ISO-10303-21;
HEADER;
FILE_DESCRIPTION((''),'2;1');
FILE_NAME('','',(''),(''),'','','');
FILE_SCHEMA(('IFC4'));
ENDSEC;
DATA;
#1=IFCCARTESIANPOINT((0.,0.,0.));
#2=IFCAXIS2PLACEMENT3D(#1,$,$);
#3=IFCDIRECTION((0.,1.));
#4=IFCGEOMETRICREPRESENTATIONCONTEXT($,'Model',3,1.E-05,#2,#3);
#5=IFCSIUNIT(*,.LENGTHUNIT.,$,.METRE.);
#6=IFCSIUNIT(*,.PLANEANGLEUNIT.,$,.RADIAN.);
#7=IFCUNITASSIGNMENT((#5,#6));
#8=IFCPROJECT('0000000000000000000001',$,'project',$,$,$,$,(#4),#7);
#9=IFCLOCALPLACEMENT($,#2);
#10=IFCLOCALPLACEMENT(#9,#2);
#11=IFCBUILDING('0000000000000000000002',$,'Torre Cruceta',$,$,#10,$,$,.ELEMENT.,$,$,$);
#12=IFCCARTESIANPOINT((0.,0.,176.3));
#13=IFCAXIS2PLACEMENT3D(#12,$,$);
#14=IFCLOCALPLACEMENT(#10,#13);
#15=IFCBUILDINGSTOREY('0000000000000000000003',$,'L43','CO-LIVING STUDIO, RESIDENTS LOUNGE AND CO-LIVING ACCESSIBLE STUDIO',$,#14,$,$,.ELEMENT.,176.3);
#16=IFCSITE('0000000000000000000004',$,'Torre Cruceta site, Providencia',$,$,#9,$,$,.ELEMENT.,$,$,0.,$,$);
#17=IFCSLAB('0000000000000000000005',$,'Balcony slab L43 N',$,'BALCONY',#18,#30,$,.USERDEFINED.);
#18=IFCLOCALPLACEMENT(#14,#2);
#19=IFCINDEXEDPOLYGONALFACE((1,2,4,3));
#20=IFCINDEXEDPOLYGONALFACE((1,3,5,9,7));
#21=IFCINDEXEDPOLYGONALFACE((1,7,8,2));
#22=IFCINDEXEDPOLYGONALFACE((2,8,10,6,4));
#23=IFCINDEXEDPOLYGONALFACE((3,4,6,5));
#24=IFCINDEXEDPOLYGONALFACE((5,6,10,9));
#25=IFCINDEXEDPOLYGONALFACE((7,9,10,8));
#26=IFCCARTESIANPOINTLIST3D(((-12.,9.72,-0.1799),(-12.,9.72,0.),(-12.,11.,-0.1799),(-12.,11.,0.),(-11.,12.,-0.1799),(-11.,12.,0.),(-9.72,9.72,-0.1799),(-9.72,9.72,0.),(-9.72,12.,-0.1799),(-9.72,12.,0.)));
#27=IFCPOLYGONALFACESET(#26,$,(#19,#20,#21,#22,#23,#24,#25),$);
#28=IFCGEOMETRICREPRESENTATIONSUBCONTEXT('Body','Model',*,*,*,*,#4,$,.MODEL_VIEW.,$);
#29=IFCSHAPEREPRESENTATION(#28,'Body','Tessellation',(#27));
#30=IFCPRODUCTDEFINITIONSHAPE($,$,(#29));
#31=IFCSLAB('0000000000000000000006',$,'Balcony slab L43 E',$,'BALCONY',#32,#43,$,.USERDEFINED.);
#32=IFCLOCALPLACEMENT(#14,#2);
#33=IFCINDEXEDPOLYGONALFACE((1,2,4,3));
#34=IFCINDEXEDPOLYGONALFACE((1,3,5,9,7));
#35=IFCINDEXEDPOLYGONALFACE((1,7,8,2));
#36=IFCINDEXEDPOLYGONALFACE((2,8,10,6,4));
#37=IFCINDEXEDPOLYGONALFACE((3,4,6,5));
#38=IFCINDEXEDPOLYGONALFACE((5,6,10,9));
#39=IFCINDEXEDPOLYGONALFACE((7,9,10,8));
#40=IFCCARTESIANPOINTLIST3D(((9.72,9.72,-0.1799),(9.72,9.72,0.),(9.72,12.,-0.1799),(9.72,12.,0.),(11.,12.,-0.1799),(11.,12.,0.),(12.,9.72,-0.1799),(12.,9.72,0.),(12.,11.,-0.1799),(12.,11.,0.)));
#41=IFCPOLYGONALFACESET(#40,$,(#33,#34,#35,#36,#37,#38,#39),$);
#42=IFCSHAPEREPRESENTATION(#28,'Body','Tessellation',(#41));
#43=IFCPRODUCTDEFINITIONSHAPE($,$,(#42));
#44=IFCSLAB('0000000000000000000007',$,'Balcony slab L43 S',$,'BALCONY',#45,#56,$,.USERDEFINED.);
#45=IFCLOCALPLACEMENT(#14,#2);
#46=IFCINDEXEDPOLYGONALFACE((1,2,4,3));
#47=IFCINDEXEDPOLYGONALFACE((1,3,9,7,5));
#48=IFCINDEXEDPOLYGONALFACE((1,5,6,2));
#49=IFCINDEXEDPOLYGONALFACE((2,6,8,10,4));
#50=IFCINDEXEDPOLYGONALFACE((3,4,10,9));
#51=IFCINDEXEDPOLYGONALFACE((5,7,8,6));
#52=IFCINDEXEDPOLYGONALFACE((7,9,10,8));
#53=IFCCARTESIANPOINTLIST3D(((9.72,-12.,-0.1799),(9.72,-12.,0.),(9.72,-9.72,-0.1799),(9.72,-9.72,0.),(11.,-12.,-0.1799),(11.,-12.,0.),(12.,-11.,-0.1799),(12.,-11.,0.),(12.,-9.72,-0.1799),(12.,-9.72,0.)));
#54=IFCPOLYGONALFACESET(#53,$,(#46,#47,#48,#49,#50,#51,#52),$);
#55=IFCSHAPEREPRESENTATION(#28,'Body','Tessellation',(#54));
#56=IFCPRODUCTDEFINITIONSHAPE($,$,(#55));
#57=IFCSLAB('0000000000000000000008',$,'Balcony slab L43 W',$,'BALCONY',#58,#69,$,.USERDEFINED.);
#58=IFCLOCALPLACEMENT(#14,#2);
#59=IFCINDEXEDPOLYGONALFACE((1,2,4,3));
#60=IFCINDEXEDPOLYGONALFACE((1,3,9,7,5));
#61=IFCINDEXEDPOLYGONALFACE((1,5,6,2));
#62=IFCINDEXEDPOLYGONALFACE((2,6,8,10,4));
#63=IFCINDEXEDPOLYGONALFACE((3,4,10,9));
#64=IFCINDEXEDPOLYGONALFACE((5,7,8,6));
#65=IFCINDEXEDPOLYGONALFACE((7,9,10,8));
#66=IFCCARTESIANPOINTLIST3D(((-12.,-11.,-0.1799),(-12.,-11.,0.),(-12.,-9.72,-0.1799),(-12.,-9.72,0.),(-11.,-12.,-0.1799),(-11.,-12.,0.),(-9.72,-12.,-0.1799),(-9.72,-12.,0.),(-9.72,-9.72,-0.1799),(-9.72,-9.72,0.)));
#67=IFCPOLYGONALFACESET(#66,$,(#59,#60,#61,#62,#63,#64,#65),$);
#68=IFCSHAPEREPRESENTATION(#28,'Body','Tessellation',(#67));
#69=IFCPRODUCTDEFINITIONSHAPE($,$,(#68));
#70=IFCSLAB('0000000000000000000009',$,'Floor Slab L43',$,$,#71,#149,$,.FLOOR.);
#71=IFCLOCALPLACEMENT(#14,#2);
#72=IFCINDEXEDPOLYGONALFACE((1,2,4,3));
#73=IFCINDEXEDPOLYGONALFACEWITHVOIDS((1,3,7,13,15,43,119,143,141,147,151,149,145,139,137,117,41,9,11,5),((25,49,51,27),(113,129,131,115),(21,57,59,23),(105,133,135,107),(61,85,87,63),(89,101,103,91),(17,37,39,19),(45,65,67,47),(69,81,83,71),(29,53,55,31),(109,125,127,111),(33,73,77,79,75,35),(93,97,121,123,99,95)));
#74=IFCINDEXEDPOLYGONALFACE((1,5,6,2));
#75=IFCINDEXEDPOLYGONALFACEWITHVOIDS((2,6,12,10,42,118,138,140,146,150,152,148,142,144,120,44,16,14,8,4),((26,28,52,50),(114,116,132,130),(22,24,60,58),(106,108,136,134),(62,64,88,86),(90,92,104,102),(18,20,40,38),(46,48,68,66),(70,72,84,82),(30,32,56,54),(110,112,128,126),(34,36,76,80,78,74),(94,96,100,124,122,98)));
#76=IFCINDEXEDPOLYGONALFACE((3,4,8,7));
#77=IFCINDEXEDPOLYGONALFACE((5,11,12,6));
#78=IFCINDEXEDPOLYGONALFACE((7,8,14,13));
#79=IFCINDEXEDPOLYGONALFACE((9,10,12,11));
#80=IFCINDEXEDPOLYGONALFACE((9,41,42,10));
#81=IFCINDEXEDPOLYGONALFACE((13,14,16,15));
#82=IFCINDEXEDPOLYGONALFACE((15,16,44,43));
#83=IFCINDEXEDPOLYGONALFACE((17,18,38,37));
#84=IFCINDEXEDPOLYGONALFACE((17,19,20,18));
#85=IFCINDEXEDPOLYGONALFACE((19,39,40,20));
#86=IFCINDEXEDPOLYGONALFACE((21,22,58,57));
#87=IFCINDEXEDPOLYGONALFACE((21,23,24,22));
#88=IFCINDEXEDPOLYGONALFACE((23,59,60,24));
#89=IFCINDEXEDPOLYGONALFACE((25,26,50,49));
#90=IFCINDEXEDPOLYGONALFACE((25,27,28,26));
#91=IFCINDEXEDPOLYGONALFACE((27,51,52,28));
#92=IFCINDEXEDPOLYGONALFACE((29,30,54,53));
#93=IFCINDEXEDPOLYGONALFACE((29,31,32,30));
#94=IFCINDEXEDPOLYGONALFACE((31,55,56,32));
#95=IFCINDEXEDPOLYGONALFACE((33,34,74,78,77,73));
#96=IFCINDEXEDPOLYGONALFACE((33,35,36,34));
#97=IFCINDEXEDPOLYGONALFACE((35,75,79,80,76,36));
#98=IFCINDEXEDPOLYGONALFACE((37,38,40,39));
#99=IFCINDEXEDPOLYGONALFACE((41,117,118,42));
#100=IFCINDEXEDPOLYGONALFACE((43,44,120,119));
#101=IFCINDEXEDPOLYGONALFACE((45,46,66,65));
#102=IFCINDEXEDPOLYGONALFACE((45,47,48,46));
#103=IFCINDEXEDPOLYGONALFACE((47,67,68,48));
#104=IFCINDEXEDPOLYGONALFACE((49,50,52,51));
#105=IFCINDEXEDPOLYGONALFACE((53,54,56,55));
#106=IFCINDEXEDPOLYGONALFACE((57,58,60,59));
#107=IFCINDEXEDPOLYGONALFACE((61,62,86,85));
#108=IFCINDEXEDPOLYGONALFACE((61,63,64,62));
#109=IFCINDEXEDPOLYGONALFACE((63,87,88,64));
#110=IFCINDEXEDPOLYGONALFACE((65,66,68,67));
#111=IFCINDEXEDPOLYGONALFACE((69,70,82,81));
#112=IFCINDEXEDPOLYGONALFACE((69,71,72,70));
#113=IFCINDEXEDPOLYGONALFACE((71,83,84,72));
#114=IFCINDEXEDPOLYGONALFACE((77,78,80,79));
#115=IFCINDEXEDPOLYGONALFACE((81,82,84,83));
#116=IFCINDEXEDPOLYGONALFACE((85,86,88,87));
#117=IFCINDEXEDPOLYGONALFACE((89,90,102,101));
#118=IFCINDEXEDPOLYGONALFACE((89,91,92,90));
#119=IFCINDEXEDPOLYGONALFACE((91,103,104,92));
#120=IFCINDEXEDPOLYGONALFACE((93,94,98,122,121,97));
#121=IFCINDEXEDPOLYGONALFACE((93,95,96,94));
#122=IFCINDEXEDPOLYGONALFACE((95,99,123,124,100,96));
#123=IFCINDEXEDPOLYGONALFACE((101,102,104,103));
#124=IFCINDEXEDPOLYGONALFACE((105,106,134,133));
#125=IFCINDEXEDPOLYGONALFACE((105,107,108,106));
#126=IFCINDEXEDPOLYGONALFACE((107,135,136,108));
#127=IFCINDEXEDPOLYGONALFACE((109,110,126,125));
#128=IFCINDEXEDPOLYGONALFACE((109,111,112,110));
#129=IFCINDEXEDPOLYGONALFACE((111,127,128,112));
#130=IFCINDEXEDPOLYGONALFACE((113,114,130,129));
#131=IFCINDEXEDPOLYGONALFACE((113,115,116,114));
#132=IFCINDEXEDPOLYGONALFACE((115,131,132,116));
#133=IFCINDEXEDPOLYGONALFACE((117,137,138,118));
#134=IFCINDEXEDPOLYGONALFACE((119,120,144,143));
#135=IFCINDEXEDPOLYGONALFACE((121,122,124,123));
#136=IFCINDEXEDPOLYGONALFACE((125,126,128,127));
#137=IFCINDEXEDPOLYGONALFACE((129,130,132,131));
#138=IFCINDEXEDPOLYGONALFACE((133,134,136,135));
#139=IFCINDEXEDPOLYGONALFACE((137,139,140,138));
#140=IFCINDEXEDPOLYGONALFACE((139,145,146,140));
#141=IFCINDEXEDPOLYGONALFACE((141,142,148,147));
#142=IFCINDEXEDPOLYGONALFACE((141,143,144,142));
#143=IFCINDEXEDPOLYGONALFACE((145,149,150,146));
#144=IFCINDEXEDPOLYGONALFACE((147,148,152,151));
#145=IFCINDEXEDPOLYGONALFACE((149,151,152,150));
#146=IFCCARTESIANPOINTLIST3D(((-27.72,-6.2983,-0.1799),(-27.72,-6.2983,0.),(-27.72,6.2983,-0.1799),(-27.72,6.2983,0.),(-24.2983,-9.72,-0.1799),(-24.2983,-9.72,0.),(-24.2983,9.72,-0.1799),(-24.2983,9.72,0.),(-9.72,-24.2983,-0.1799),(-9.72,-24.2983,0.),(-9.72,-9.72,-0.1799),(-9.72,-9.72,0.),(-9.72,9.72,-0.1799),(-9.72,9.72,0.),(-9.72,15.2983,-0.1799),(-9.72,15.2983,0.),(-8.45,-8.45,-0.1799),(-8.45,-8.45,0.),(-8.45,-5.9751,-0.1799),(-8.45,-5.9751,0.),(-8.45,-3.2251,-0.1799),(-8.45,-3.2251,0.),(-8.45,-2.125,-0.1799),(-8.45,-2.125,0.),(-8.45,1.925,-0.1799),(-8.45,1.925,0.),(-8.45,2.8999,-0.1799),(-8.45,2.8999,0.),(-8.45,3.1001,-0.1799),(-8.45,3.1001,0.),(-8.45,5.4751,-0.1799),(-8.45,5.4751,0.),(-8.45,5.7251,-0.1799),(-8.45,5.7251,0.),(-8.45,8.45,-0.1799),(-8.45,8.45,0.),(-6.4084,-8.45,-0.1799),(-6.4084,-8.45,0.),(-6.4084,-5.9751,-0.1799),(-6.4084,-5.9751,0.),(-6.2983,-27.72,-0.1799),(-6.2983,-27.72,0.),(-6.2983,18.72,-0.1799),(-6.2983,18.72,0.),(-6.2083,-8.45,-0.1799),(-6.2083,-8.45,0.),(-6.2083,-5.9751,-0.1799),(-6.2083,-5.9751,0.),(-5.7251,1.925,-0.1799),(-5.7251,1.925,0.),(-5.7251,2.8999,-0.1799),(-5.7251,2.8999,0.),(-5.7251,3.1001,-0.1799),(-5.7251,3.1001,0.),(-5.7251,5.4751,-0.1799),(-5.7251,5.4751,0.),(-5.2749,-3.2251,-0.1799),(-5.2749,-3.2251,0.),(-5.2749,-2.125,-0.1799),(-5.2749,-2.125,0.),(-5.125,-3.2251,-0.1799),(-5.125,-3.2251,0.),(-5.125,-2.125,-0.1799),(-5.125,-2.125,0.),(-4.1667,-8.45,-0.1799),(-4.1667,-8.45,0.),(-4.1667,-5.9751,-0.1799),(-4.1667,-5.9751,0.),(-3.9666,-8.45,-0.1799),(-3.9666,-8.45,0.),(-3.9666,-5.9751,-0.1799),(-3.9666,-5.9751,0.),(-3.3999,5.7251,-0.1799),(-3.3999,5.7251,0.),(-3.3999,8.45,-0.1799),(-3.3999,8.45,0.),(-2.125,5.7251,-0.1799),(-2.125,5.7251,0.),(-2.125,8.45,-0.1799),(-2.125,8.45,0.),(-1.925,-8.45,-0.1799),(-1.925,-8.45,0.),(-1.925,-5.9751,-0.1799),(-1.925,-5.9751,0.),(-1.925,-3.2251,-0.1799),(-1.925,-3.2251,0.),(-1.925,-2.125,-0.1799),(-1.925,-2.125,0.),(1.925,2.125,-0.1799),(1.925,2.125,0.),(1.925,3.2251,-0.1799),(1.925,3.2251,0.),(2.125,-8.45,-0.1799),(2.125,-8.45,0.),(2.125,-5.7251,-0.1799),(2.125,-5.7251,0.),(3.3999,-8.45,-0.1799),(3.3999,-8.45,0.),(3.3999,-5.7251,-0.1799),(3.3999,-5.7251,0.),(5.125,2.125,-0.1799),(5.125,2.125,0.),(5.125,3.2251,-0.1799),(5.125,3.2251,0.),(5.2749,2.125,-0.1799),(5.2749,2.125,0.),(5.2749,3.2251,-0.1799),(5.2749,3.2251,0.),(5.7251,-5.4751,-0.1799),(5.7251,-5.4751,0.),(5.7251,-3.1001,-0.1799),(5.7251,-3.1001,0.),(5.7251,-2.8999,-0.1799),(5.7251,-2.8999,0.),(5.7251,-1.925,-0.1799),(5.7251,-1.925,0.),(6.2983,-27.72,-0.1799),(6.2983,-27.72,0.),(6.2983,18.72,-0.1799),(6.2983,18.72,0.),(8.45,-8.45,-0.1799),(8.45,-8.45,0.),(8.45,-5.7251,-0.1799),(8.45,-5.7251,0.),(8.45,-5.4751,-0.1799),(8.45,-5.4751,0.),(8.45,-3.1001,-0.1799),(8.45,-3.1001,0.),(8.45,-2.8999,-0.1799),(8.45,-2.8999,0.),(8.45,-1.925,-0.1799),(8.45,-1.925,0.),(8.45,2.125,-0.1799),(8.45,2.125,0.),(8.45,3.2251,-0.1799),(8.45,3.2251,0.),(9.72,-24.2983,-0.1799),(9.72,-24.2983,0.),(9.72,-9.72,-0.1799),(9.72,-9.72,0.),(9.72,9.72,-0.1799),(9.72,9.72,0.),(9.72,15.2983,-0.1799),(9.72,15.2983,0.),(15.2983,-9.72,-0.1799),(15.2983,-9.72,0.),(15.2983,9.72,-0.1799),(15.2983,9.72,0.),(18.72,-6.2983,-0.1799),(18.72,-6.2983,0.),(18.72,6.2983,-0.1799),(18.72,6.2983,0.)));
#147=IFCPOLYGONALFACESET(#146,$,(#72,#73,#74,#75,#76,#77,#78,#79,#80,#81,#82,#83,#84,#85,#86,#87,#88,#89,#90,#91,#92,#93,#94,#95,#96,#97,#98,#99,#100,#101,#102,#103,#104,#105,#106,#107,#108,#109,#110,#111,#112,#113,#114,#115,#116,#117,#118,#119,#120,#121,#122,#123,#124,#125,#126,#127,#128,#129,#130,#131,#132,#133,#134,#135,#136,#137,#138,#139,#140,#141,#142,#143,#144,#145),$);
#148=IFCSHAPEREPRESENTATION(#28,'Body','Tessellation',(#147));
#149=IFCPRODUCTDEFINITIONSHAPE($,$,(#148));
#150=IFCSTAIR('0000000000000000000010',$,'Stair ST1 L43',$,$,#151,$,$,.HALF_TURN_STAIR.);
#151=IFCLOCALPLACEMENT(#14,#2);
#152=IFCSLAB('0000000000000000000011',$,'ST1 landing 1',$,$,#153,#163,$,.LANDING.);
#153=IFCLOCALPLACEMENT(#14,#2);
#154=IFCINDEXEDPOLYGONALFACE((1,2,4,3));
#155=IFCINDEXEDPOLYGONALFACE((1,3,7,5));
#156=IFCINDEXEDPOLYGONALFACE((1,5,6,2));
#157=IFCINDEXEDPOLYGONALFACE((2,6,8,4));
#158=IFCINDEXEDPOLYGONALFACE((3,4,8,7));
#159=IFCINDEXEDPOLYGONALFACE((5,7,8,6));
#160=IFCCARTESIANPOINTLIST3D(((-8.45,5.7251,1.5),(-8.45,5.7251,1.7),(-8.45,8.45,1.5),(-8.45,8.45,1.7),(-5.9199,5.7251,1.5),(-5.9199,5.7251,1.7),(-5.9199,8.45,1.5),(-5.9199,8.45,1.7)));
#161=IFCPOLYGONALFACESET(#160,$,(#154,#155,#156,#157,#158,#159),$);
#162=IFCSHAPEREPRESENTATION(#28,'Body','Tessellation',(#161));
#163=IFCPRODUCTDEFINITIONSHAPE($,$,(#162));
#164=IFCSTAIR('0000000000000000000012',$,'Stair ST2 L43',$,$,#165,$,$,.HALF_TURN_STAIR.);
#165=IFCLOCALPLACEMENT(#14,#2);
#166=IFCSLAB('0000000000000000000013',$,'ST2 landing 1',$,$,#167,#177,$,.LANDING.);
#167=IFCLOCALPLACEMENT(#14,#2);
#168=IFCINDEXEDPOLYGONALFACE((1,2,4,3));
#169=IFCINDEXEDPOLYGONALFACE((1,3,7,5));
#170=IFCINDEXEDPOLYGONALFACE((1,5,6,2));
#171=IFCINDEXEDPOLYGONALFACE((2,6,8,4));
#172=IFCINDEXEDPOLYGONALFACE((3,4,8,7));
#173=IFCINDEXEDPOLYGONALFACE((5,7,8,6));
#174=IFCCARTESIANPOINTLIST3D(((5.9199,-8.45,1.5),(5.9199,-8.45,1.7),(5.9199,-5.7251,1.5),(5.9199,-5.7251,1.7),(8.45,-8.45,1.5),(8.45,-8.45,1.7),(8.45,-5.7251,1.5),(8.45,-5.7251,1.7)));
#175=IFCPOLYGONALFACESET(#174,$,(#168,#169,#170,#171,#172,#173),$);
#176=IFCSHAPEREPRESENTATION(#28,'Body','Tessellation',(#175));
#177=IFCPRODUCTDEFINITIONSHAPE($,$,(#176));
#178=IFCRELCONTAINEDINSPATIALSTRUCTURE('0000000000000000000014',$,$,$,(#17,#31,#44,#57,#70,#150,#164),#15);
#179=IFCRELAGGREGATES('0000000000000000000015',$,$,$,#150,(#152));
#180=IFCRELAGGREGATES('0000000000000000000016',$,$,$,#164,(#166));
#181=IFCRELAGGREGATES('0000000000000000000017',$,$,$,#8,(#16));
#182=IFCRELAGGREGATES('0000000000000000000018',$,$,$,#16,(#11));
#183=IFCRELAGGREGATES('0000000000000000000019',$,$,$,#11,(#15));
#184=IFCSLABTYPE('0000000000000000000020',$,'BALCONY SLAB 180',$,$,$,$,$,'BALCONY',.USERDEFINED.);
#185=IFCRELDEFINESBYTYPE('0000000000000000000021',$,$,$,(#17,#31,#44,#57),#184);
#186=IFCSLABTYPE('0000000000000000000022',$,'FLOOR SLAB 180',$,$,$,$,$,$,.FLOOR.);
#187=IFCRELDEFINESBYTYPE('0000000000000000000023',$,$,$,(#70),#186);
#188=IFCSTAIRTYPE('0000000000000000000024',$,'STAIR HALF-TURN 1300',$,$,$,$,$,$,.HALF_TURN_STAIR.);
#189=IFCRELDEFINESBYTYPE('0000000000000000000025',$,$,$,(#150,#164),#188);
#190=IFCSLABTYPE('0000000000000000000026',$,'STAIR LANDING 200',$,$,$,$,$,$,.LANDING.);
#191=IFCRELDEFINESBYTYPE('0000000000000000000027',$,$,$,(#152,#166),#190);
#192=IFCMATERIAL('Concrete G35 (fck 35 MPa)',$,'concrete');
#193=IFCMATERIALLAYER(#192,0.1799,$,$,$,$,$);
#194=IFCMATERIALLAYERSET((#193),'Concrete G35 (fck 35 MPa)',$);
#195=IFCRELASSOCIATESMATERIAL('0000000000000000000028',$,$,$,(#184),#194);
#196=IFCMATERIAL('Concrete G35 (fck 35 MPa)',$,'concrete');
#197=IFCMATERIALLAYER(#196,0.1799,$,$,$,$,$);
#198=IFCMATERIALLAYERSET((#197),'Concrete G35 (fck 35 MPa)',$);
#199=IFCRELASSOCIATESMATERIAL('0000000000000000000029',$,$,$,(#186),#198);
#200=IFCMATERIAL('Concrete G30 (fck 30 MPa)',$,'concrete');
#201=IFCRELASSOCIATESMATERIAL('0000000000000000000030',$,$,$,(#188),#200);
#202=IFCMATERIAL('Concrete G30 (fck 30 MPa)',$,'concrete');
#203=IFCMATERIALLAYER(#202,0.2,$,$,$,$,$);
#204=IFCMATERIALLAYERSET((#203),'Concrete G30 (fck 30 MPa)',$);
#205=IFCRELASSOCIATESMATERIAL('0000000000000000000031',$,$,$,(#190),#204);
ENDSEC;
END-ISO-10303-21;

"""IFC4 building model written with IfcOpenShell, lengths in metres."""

from ifc_helpers import new_model, si_unit, direction, frame, origin, place, context, subcontext, project, spatial, polyline, outline, extrude, material, layer, layer_set, type_object, element, aggregate, save


model = new_model("IFC4")

# Units and contexts
model_context = context("Model", 3, precision=1e-05, world=origin(), true_north=direction((0.0, 1.0)))
body_context = subcontext(model_context, "Body", "Model", "MODEL_VIEW")
ifc_project = project(units=[si_unit("LENGTHUNIT", "METRE"), si_unit("PLANEANGLEUNIT", "RADIAN")], contexts=[model_context])

# Site, building, storey
site_placement = place(None, origin())
site = spatial("IfcSite", under=ifc_project, at=site_placement, Name="Torre Cruceta site, Providencia", CompositionType="ELEMENT", RefElevation=0.0)
building_placement = place(site_placement, origin())
building = spatial("IfcBuilding", under=site, at=building_placement, Name="Torre Cruceta", CompositionType="ELEMENT")
storey_placement = place(building_placement, frame((0.0, 0.0, 176.3)))
storey = spatial("IfcBuildingStorey", under=building, at=storey_placement, Name="L43", Description="CO-LIVING STUDIO, RESIDENTS LOUNGE AND CO-LIVING ACCESSIBLE STUDIO", CompositionType="ELEMENT", Elevation=176.3)

# Slabs
ifc_material_1 = material(Name="Concrete G35 (fck 35 MPa)", Category="concrete")
ifc_layer_1 = layer(ifc_material_1, 0.1799)
ifc_layer_set_1 = layer_set([ifc_layer_1], Name="Concrete G35 (fck 35 MPa)")
slab_type_1 = type_object("IfcSlabType", Name="BALCONY SLAB 180", ElementType="BALCONY", PredefinedType="USERDEFINED", material=ifc_layer_set_1)
slab_1_placement = place(storey_placement, frame((0.0, 0.0, -0.1799)))
element("IfcSlab", 1, at=slab_1_placement, inside=storey, type_object=slab_type_1, Name="Balcony slab L43 N", ObjectType="BALCONY", PredefinedType="USERDEFINED", context=body_context, shape_type="SweptSolid", body=[
    extrude(outline(polyline([(-12.0, 11.0), (-11.0, 12.0), (-9.72, 12.0), (-9.72, 9.72), (-12.0, 9.72), (-12.0, 11.0)])), origin(), (0.0, 0.0, 1.0), 0.1799),
])
slab_2_placement = place(storey_placement, frame((0.0, 0.0, -0.1799)))
element("IfcSlab", 2, at=slab_2_placement, inside=storey, type_object=slab_type_1, Name="Balcony slab L43 E", ObjectType="BALCONY", PredefinedType="USERDEFINED", context=body_context, shape_type="SweptSolid", body=[
    extrude(outline(polyline([(11.0, 12.0), (12.0, 11.0), (12.0, 9.72), (9.72, 9.72), (9.72, 12.0), (11.0, 12.0)])), origin(), (0.0, 0.0, 1.0), 0.1799),
])
slab_3_placement = place(storey_placement, frame((0.0, 0.0, -0.1799)))
element("IfcSlab", 3, at=slab_3_placement, inside=storey, type_object=slab_type_1, Name="Balcony slab L43 S", ObjectType="BALCONY", PredefinedType="USERDEFINED", context=body_context, shape_type="SweptSolid", body=[
    extrude(outline(polyline([(12.0, -11.0), (11.0, -12.0), (9.72, -12.0), (9.72, -9.72), (12.0, -9.72), (12.0, -11.0)])), origin(), (0.0, 0.0, 1.0), 0.1799),
])
slab_4_placement = place(storey_placement, frame((0.0, 0.0, -0.1799)))
element("IfcSlab", 4, at=slab_4_placement, inside=storey, type_object=slab_type_1, Name="Balcony slab L43 W", ObjectType="BALCONY", PredefinedType="USERDEFINED", context=body_context, shape_type="SweptSolid", body=[
    extrude(outline(polyline([(-11.0, -12.0), (-12.0, -11.0), (-12.0, -9.72), (-9.72, -9.72), (-9.72, -12.0), (-11.0, -12.0)])), origin(), (0.0, 0.0, 1.0), 0.1799),
])
ifc_material_2 = material(Name="Concrete G35 (fck 35 MPa)", Category="concrete")
ifc_layer_2 = layer(ifc_material_2, 0.1799)
ifc_layer_set_2 = layer_set([ifc_layer_2], Name="Concrete G35 (fck 35 MPa)")
slab_type_2 = type_object("IfcSlabType", Name="FLOOR SLAB 180", PredefinedType="FLOOR", material=ifc_layer_set_2)
slab_5_placement = place(storey_placement, frame((0.0, 0.0, -0.1799)))
element("IfcSlab", 5, at=slab_5_placement, inside=storey, type_object=slab_type_2, Name="Floor Slab L43", PredefinedType="FLOOR", context=body_context, shape_type="SweptSolid", body=[
    extrude(outline(polyline([(9.72, -9.72), (9.72, -24.2983), (6.2983, -27.72), (-6.2983, -27.72), (-9.72, -24.2983), (-9.72, -9.72), (-24.2983, -9.72), (-27.72, -6.2983), (-27.72, 6.2983), (-24.2983, 9.72), (-9.72, 9.72), (-9.72, 15.2983), (-6.2983, 18.72), (6.2983, 18.72), (9.72, 15.2983), (9.72, 9.72), (15.2983, 9.72), (18.72, 6.2983), (18.72, -6.2983), (15.2983, -9.72), (9.72, -9.72)]), holes=[polyline([(1.925, 2.125), (5.125, 2.125), (5.125, 3.2251), (1.925, 3.2251), (1.925, 2.125)]), polyline([(5.2749, 2.125), (8.45, 2.125), (8.45, 3.2251), (5.2749, 3.2251), (5.2749, 2.125)]), polyline([(-8.45, 3.1001), (-5.7251, 3.1001), (-5.7251, 5.4751), (-8.45, 5.4751), (-8.45, 3.1001)]), polyline([(-8.45, 1.925), (-5.7251, 1.925), (-5.7251, 2.8999), (-8.45, 2.8999), (-8.45, 1.925)]), polyline([(-3.9666, -8.45), (-1.925, -8.45), (-1.925, -5.9751), (-3.9666, -5.9751), (-3.9666, -8.45)]), polyline([(-6.2083, -8.45), (-4.1667, -8.45), (-4.1667, -5.9751), (-6.2083, -5.9751), (-6.2083, -8.45)]), polyline([(-8.45, -8.45), (-6.4084, -8.45), (-6.4084, -5.9751), (-8.45, -5.9751), (-8.45, -8.45)]), polyline([(-5.125, -3.2251), (-1.925, -3.2251), (-1.925, -2.125), (-5.125, -2.125), (-5.125, -3.2251)]), polyline([(-8.45, -3.2251), (-5.2749, -3.2251), (-5.2749, -2.125), (-8.45, -2.125), (-8.45, -3.2251)]), polyline([(5.7251, -5.4751), (8.45, -5.4751), (8.45, -3.1001), (5.7251, -3.1001), (5.7251, -5.4751)]), polyline([(5.7251, -2.8999), (8.45, -2.8999), (8.45, -1.925), (5.7251, -1.925), (5.7251, -2.8999)]), polyline([(-8.45, 5.7251), (-8.45, 8.45), (-3.3999, 8.45), (-2.125, 8.45), (-2.125, 5.7251), (-3.3999, 5.7251), (-8.45, 5.7251)]), polyline([(2.125, -5.7251), (3.3999, -5.7251), (8.45, -5.7251), (8.45, -8.45), (3.3999, -8.45), (2.125, -8.45), (2.125, -5.7251)])]), origin(), (0.0, 0.0, 1.0), 0.1799),
])

# Stairs, slabs
ifc_material_3 = material(Name="Concrete G30 (fck 30 MPa)", Category="concrete")
stair_type = type_object("IfcStairType", Name="STAIR HALF-TURN 1300", PredefinedType="HALF_TURN_STAIR", material=ifc_material_3)
stair_1_placement = place(storey_placement, origin())
stair_1 = element("IfcStair", 6, at=stair_1_placement, inside=storey, type_object=stair_type, Name="Stair ST1 L43", PredefinedType="HALF_TURN_STAIR")
ifc_material_4 = material(Name="Concrete G30 (fck 30 MPa)", Category="concrete")
ifc_layer_3 = layer(ifc_material_4, 0.2)
ifc_layer_set_3 = layer_set([ifc_layer_3], Name="Concrete G30 (fck 30 MPa)")
slab_type_3 = type_object("IfcSlabType", Name="STAIR LANDING 200", PredefinedType="LANDING", material=ifc_layer_set_3)
slab_6_placement = place(storey_placement, frame((0.0, 0.0, 1.5)))
slab_6 = element("IfcSlab", 7, at=slab_6_placement, type_object=slab_type_3, Name="ST1 landing 1", PredefinedType="LANDING", context=body_context, shape_type="SweptSolid", body=[
    extrude(outline(polyline([(-8.45, 5.7251), (-5.9199, 5.7251), (-5.9199, 8.45), (-8.45, 8.45), (-8.45, 5.7251)])), origin(), (0.0, 0.0, 1.0), 0.2),
])
aggregate(stair_1, [slab_6])
stair_2_placement = place(storey_placement, origin())
stair_2 = element("IfcStair", 8, at=stair_2_placement, inside=storey, type_object=stair_type, Name="Stair ST2 L43", PredefinedType="HALF_TURN_STAIR")
slab_7_placement = place(storey_placement, frame((0.0, 0.0, 1.5)))
slab_7 = element("IfcSlab", 9, at=slab_7_placement, type_object=slab_type_3, Name="ST2 landing 1", PredefinedType="LANDING", context=body_context, shape_type="SweptSolid", body=[
    extrude(outline(polyline([(5.9199, -8.45), (8.45, -8.45), (8.45, -5.7251), (5.9199, -5.7251), (5.9199, -8.45)])), origin(), (0.0, 0.0, 1.0), 0.2),
])
aggregate(stair_2, [slab_7])

save(model, "model.ifc")
